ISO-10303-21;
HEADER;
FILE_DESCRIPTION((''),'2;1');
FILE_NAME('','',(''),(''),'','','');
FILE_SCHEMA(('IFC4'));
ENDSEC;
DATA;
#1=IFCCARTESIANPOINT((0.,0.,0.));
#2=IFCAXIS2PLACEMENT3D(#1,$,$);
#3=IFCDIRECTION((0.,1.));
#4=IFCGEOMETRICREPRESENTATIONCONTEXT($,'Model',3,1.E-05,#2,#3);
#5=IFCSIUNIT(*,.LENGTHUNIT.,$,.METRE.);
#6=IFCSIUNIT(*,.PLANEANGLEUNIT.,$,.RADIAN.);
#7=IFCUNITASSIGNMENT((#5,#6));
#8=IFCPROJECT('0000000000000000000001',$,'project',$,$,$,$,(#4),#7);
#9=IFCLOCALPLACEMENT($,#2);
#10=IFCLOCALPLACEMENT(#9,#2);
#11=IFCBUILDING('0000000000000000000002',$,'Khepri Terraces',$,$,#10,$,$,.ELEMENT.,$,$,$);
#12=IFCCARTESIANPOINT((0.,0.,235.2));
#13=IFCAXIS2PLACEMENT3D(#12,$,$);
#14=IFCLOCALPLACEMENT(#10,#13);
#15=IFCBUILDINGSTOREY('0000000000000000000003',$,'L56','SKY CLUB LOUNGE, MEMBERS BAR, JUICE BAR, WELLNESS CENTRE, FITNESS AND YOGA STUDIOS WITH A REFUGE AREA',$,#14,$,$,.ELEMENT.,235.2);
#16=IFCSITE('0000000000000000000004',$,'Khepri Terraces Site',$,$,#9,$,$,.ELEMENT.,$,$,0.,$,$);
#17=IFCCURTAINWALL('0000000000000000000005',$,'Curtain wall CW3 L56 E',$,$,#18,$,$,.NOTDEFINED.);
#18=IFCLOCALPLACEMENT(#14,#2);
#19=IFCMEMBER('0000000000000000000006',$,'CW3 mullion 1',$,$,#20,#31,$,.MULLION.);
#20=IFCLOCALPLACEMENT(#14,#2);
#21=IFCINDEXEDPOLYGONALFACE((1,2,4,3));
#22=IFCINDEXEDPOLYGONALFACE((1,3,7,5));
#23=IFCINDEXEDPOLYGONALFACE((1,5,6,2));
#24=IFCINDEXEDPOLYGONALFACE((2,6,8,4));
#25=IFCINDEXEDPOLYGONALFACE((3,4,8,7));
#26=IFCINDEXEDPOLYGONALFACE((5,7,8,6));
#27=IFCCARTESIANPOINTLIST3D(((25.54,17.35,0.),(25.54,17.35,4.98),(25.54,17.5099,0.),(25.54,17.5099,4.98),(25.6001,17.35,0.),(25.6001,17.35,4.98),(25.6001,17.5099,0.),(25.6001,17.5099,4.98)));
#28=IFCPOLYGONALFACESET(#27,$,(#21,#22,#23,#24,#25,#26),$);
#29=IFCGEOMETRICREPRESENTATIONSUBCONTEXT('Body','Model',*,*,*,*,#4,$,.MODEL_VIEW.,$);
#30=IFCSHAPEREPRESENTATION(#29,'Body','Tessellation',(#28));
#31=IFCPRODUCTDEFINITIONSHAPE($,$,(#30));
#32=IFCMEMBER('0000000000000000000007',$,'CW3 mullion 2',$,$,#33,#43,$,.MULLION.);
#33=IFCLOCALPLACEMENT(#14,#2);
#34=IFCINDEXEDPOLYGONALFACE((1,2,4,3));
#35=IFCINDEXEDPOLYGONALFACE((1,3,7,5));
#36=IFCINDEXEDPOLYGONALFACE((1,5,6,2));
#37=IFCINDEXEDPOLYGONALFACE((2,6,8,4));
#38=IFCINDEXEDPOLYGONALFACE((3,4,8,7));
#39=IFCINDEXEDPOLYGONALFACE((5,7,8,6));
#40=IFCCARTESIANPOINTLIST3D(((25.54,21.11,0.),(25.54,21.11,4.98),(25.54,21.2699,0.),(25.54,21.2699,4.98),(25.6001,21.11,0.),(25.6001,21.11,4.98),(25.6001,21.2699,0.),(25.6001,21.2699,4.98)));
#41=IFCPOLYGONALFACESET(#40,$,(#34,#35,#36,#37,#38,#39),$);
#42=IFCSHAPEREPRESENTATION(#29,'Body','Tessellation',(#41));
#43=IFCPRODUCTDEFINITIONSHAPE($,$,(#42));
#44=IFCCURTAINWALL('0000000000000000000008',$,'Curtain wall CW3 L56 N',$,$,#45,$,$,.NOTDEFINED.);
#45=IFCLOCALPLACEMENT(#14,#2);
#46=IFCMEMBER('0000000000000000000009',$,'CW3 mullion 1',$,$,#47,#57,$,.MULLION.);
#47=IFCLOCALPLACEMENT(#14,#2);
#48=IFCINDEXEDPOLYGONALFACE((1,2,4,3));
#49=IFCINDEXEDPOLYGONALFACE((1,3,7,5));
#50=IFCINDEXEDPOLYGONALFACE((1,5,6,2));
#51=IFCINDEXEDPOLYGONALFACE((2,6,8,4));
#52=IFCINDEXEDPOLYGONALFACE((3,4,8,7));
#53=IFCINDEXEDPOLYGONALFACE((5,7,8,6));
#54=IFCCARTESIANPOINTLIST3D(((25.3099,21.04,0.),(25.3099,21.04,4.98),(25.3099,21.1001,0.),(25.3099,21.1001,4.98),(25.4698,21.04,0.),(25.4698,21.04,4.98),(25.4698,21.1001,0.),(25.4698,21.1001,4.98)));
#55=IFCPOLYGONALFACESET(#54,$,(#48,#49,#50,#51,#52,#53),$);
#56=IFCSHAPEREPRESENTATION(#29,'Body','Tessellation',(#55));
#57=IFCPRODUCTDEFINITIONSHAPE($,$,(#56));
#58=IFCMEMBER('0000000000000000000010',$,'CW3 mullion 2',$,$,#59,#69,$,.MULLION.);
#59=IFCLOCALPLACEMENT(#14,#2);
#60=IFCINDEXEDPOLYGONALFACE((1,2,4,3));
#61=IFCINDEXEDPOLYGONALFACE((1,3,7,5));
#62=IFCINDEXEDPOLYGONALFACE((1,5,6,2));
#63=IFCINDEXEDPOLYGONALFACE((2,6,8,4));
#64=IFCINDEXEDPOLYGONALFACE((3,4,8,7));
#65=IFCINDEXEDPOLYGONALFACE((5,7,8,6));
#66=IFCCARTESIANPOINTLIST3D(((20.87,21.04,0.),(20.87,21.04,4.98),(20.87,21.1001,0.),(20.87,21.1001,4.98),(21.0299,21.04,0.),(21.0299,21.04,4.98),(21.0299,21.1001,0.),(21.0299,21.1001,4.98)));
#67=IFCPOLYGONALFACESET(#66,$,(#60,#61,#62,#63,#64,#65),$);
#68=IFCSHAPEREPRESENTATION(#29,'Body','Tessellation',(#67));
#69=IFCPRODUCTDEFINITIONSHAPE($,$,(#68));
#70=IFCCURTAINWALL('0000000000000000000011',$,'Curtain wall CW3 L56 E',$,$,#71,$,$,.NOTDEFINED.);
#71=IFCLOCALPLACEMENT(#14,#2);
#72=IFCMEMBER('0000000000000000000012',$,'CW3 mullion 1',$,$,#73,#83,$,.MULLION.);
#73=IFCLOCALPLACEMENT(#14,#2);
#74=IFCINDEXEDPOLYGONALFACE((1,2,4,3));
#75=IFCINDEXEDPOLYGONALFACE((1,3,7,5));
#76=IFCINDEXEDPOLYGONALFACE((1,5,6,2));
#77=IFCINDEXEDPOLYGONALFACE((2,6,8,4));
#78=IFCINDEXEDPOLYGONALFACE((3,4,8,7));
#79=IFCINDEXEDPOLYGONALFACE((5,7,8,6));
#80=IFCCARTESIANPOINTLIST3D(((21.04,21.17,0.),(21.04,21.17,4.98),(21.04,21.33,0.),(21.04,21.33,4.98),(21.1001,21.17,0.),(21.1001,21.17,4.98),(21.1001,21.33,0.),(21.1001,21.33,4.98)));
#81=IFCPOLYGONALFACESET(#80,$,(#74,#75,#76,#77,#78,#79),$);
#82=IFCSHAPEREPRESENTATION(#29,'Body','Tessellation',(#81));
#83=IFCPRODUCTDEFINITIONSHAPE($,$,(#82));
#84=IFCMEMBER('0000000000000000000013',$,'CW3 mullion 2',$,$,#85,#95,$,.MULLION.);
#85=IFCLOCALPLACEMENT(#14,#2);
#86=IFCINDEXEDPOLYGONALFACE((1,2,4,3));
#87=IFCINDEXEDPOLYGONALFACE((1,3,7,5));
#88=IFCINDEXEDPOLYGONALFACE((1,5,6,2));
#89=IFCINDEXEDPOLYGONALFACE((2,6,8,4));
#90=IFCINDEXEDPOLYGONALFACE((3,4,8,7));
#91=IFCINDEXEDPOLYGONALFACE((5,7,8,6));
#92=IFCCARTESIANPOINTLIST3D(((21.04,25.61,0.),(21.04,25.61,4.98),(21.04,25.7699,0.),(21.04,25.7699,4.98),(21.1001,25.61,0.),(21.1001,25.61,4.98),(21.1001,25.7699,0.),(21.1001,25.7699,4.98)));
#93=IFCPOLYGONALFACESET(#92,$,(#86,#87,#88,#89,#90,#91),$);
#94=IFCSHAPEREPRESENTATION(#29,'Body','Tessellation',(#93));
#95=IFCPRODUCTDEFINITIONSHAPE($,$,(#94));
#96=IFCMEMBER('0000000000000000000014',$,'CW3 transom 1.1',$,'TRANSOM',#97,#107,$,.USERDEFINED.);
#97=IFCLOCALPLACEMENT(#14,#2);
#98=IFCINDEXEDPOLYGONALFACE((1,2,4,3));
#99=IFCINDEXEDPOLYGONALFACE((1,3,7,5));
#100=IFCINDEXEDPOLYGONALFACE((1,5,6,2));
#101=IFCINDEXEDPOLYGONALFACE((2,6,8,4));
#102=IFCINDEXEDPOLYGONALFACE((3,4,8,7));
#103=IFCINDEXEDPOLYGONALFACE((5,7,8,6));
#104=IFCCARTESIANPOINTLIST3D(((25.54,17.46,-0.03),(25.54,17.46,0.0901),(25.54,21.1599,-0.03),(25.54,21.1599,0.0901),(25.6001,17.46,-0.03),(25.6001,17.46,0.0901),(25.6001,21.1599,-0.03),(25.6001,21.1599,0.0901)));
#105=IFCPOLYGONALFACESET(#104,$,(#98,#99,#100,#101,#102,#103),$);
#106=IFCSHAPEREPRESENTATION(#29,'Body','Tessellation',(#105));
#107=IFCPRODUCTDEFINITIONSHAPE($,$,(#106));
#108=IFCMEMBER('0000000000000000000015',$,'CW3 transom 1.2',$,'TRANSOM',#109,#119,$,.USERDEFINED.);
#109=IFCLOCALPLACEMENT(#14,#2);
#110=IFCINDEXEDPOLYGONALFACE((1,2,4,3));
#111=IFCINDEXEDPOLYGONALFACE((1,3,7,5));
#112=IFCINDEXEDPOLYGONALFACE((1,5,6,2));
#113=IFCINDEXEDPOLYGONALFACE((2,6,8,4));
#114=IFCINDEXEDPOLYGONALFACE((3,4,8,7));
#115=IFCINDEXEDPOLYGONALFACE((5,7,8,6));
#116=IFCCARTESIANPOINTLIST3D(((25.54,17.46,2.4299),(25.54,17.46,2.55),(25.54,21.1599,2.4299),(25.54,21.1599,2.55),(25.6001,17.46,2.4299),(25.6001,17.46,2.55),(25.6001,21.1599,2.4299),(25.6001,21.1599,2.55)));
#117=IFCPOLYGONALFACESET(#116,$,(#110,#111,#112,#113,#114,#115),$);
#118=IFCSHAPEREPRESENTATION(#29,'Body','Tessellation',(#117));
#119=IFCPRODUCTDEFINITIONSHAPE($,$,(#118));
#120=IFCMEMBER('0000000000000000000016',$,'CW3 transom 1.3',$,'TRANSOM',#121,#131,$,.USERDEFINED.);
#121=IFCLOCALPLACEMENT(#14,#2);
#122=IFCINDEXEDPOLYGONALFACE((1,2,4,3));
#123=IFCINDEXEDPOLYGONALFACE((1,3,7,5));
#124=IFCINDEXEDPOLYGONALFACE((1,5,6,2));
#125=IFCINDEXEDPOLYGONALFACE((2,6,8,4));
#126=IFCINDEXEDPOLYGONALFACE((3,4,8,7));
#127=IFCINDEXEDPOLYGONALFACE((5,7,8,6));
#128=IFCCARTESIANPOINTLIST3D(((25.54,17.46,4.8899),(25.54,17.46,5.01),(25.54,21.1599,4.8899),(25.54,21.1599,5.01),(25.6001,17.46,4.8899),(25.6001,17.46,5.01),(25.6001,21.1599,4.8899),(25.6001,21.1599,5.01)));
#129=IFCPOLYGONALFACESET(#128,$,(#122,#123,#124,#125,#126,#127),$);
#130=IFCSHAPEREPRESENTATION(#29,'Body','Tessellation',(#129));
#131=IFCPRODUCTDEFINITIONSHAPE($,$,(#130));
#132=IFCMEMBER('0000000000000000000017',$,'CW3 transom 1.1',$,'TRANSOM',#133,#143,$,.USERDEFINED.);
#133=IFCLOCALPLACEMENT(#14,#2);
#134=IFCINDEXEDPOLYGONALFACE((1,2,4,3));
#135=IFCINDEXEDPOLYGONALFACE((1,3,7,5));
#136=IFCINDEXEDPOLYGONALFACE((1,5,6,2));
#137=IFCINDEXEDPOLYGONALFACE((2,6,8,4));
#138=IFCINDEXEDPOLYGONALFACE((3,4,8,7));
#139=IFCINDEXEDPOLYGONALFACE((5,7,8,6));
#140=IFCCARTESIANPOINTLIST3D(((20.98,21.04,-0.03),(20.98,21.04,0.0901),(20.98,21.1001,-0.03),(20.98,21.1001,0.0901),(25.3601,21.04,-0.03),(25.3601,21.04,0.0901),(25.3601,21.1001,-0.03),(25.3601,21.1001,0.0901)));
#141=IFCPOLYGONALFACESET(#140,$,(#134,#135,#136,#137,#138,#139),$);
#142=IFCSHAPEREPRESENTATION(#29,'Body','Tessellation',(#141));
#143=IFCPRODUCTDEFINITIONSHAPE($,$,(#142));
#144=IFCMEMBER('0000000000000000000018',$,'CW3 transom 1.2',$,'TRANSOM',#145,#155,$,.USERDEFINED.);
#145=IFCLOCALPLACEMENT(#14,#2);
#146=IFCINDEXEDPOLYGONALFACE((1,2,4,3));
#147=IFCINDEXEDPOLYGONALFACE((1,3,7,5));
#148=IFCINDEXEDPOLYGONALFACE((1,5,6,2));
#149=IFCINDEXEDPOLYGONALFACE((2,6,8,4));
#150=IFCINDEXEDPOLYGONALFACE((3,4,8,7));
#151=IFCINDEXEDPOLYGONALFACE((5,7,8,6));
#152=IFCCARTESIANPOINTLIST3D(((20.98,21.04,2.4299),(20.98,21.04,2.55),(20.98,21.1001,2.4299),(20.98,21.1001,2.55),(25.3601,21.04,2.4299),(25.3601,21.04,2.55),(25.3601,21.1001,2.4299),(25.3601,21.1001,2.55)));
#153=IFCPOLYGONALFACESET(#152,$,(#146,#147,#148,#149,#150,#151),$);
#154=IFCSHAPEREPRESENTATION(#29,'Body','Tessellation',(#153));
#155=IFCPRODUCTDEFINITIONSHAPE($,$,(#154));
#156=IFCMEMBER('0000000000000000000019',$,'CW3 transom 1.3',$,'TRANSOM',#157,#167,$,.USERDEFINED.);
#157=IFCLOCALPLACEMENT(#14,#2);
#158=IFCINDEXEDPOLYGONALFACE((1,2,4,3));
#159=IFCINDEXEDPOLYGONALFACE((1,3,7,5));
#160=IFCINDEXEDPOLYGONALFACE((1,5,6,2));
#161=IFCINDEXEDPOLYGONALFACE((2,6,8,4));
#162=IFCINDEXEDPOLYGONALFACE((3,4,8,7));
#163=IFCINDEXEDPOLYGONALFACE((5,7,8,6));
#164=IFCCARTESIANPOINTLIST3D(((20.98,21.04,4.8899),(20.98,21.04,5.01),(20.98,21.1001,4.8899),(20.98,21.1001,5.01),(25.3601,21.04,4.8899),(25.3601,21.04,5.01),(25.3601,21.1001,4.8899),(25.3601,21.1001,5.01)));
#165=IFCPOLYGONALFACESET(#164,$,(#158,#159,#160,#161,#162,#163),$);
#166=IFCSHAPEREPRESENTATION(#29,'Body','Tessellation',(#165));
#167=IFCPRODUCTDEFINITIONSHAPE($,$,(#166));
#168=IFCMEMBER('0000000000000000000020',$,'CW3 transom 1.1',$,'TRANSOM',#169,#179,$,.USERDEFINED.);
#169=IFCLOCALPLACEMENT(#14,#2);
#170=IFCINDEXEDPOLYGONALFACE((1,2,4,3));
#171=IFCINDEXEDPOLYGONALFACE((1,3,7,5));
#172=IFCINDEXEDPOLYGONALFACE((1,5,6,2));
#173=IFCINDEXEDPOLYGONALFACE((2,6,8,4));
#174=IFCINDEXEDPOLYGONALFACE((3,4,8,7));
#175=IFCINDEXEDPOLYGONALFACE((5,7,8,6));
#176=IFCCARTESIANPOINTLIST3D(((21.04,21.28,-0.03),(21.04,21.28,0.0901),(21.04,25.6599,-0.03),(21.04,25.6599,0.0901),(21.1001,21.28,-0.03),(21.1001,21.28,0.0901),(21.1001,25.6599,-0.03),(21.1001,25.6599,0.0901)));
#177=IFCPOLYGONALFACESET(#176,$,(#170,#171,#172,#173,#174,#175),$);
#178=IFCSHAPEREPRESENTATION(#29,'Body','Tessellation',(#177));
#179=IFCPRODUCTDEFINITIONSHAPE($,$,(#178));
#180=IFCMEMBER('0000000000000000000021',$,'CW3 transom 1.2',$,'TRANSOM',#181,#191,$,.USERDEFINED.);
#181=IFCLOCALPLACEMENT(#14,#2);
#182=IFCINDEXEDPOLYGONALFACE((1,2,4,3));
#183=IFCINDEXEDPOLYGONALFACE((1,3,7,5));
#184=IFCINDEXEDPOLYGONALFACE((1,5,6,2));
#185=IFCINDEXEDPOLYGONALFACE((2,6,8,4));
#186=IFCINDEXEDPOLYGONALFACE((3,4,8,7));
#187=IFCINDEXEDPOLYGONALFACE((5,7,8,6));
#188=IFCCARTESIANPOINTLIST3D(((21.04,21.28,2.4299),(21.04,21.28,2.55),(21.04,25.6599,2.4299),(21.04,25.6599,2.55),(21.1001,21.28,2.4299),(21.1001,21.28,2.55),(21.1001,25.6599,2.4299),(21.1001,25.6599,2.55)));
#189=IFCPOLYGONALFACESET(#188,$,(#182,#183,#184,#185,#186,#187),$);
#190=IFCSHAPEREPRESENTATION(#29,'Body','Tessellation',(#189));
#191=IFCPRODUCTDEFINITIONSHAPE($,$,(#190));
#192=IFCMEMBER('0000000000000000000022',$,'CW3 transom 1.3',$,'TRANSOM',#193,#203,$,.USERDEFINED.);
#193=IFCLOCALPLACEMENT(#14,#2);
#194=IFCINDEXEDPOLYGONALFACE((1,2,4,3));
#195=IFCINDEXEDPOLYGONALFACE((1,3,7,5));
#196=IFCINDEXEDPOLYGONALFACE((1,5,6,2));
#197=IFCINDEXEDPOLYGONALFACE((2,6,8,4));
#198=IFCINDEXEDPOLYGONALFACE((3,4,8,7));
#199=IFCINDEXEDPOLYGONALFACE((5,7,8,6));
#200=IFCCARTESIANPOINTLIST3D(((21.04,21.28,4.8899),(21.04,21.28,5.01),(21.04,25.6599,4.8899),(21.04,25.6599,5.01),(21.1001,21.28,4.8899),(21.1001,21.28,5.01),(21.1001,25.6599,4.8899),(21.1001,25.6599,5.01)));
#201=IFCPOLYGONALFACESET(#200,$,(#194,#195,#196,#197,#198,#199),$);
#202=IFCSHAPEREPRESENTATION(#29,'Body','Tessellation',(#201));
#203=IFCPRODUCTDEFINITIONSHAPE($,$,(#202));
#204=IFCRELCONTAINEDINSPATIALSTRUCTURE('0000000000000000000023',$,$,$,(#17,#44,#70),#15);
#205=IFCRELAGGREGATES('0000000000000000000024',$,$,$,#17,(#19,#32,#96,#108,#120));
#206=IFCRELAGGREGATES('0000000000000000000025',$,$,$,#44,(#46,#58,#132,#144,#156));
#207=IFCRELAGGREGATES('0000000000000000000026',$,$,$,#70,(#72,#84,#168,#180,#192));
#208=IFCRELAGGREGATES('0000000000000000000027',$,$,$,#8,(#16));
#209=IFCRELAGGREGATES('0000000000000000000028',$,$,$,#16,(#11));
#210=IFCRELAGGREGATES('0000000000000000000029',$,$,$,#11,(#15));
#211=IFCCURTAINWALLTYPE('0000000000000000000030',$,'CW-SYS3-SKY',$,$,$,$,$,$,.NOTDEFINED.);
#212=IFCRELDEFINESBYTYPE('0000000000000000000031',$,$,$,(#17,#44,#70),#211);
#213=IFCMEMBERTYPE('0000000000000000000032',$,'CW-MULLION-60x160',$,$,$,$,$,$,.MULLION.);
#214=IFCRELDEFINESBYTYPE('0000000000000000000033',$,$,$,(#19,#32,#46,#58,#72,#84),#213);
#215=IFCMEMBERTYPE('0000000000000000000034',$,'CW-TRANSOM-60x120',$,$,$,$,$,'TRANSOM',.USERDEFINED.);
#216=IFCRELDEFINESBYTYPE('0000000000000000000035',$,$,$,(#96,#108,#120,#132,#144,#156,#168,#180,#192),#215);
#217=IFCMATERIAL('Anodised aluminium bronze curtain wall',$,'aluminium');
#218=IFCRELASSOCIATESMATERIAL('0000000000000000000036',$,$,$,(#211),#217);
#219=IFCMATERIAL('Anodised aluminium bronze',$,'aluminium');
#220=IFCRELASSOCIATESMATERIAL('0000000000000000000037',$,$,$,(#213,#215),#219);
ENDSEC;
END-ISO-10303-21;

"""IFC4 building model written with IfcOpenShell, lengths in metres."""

from ifc_helpers import new_model, si_unit, direction, frame, origin, origin_2d, place, context, subcontext, project, spatial, rectangle, extrude, material, material_profile, profile_set, type_object, element, aggregate, save


model = new_model("IFC4")

# Units and contexts
model_context = context("Model", 3, precision=1e-05, world=origin(), true_north=direction((0.0, 1.0)))
body_context = subcontext(model_context, "Body", "Model", "MODEL_VIEW")
ifc_project = project(units=[si_unit("LENGTHUNIT", "METRE"), si_unit("PLANEANGLEUNIT", "RADIAN")], contexts=[model_context])

# Site, building, storey
site_placement = place(None, origin())
site = spatial("IfcSite", under=ifc_project, at=site_placement, Name="Khepri Terraces Site", CompositionType="ELEMENT", RefElevation=0.0)
building_placement = place(site_placement, origin())
building = spatial("IfcBuilding", under=site, at=building_placement, Name="Khepri Terraces", CompositionType="ELEMENT")
storey_placement = place(building_placement, frame((0.0, 0.0, 235.2)))
storey = spatial("IfcBuildingStorey", under=building, at=storey_placement, Name="L56", Description="SKY CLUB LOUNGE, MEMBERS BAR, JUICE BAR, WELLNESS CENTRE, FITNESS AND YOGA STUDIOS WITH A REFUGE AREA", CompositionType="ELEMENT", Elevation=235.2)

# Curtain walls, members
ifc_material_1 = material(Name="Anodised aluminium bronze curtain wall", Category="aluminium")
curtain_wall_type = type_object("IfcCurtainWallType", Name="CW-SYS3-SKY", PredefinedType="NOTDEFINED", material=ifc_material_1)
curtain_wall_1_placement = place(storey_placement, origin())
curtain_wall_1 = element("IfcCurtainWall", 1, at=curtain_wall_1_placement, inside=storey, type_object=curtain_wall_type, Name="Curtain wall CW3 L56 E", PredefinedType="NOTDEFINED")
ifc_material_2 = material(Name="Anodised aluminium bronze", Category="aluminium")
ifc_material_profile_1 = material_profile(ifc_material_2, rectangle(XDim=0.0601, YDim=0.1599, at=origin_2d()), Name="Anodised aluminium bronze", Category="aluminium")
ifc_profile_set_1 = profile_set([ifc_material_profile_1], Name="Anodised aluminium bronze")
member_type_1 = type_object("IfcMemberType", Name="CW-MULLION-60x160", PredefinedType="MULLION", material=ifc_profile_set_1)
member_1_placement = place(storey_placement, frame((25.5701, 17.4299, 0.0), z_axis=(0.0, 0.0, 1.0), x_axis=(-1.0, 0.0, 0.0)))
member_1 = element("IfcMember", 2, at=member_1_placement, type_object=member_type_1, Name="CW3 mullion 1", PredefinedType="MULLION", context=body_context, shape_type="SweptSolid", body=[
    extrude(rectangle(XDim=0.0601, YDim=0.1599, at=origin_2d()), origin(), (0.0, 0.0, 1.0), 4.98),
])
member_2_placement = place(storey_placement, frame((25.5701, 21.1899, 0.0), z_axis=(0.0, 0.0, 1.0), x_axis=(-1.0, 0.0, 0.0)))
member_2 = element("IfcMember", 3, at=member_2_placement, type_object=member_type_1, Name="CW3 mullion 2", PredefinedType="MULLION", context=body_context, shape_type="SweptSolid", body=[
    extrude(rectangle(XDim=0.0601, YDim=0.1599, at=origin_2d()), origin(), (0.0, 0.0, 1.0), 4.98),
])
curtain_wall_2_placement = place(storey_placement, origin())
curtain_wall_2 = element("IfcCurtainWall", 4, at=curtain_wall_2_placement, inside=storey, type_object=curtain_wall_type, Name="Curtain wall CW3 L56 N", PredefinedType="NOTDEFINED")
member_3_placement = place(storey_placement, frame((25.3899, 21.0701, 0.0), z_axis=(0.0, 0.0, 1.0), x_axis=(0.0, -1.0, 0.0)))
member_3 = element("IfcMember", 5, at=member_3_placement, type_object=member_type_1, Name="CW3 mullion 1", PredefinedType="MULLION", context=body_context, shape_type="SweptSolid", body=[
    extrude(rectangle(XDim=0.0601, YDim=0.1599, at=origin_2d()), origin(), (0.0, 0.0, 1.0), 4.98),
])
member_4_placement = place(storey_placement, frame((20.95, 21.0701, 0.0), z_axis=(0.0, 0.0, 1.0), x_axis=(0.0, -1.0, 0.0)))
member_4 = element("IfcMember", 6, at=member_4_placement, type_object=member_type_1, Name="CW3 mullion 2", PredefinedType="MULLION", context=body_context, shape_type="SweptSolid", body=[
    extrude(rectangle(XDim=0.0601, YDim=0.1599, at=origin_2d()), origin(), (0.0, 0.0, 1.0), 4.98),
])
curtain_wall_3_placement = place(storey_placement, origin())
curtain_wall_3 = element("IfcCurtainWall", 7, at=curtain_wall_3_placement, inside=storey, type_object=curtain_wall_type, Name="Curtain wall CW3 L56 E", PredefinedType="NOTDEFINED")
member_5_placement = place(storey_placement, frame((21.0701, 21.25, 0.0), z_axis=(0.0, 0.0, 1.0), x_axis=(-1.0, 0.0, 0.0)))
member_5 = element("IfcMember", 8, at=member_5_placement, type_object=member_type_1, Name="CW3 mullion 1", PredefinedType="MULLION", context=body_context, shape_type="SweptSolid", body=[
    extrude(rectangle(XDim=0.0601, YDim=0.1599, at=origin_2d()), origin(), (0.0, 0.0, 1.0), 4.98),
])
member_6_placement = place(storey_placement, frame((21.0701, 25.6899, 0.0), z_axis=(0.0, 0.0, 1.0), x_axis=(-1.0, 0.0, 0.0)))
member_6 = element("IfcMember", 9, at=member_6_placement, type_object=member_type_1, Name="CW3 mullion 2", PredefinedType="MULLION", context=body_context, shape_type="SweptSolid", body=[
    extrude(rectangle(XDim=0.0601, YDim=0.1599, at=origin_2d()), origin(), (0.0, 0.0, 1.0), 4.98),
])

# Members
ifc_material_profile_2 = material_profile(ifc_material_2, rectangle(XDim=0.0601, YDim=0.1201, at=origin_2d()), Name="Anodised aluminium bronze", Category="aluminium")
ifc_profile_set_2 = profile_set([ifc_material_profile_2], Name="Anodised aluminium bronze")
member_type_2 = type_object("IfcMemberType", Name="CW-TRANSOM-60x120", ElementType="TRANSOM", PredefinedType="USERDEFINED", material=ifc_profile_set_2)
member_7_placement = place(storey_placement, frame((25.5701, 17.46, 0.03), z_axis=(0.0, 1.0, 0.0), x_axis=(-1.0, 0.0, 0.0)))
member_7 = element("IfcMember", 10, at=member_7_placement, type_object=member_type_2, Name="CW3 transom 1.1", ObjectType="TRANSOM", PredefinedType="USERDEFINED", context=body_context, shape_type="SweptSolid", body=[
    extrude(rectangle(XDim=0.0601, YDim=0.1201, at=origin_2d()), origin(), (0.0, 0.0, 1.0), 3.7),
])
member_8_placement = place(storey_placement, frame((25.5701, 17.46, 2.49), z_axis=(0.0, 1.0, 0.0), x_axis=(-1.0, 0.0, 0.0)))
member_8 = element("IfcMember", 11, at=member_8_placement, type_object=member_type_2, Name="CW3 transom 1.2", ObjectType="TRANSOM", PredefinedType="USERDEFINED", context=body_context, shape_type="SweptSolid", body=[
    extrude(rectangle(XDim=0.0601, YDim=0.1201, at=origin_2d()), origin(), (0.0, 0.0, 1.0), 3.7),
])
member_9_placement = place(storey_placement, frame((25.5701, 17.46, 4.95), z_axis=(0.0, 1.0, 0.0), x_axis=(-1.0, 0.0, 0.0)))
member_9 = element("IfcMember", 12, at=member_9_placement, type_object=member_type_2, Name="CW3 transom 1.3", ObjectType="TRANSOM", PredefinedType="USERDEFINED", context=body_context, shape_type="SweptSolid", body=[
    extrude(rectangle(XDim=0.0601, YDim=0.1201, at=origin_2d()), origin(), (0.0, 0.0, 1.0), 3.7),
])
member_10_placement = place(storey_placement, frame((25.3601, 21.0701, 0.03), z_axis=(-1.0, 0.0, 0.0), x_axis=(0.0, -1.0, 0.0)))
member_10 = element("IfcMember", 13, at=member_10_placement, type_object=member_type_2, Name="CW3 transom 1.1", ObjectType="TRANSOM", PredefinedType="USERDEFINED", context=body_context, shape_type="SweptSolid", body=[
    extrude(rectangle(XDim=0.0601, YDim=0.1201, at=origin_2d()), origin(), (0.0, 0.0, 1.0), 4.3801),
])
member_11_placement = place(storey_placement, frame((25.3601, 21.0701, 2.49), z_axis=(-1.0, 0.0, 0.0), x_axis=(0.0, -1.0, 0.0)))
member_11 = element("IfcMember", 14, at=member_11_placement, type_object=member_type_2, Name="CW3 transom 1.2", ObjectType="TRANSOM", PredefinedType="USERDEFINED", context=body_context, shape_type="SweptSolid", body=[
    extrude(rectangle(XDim=0.0601, YDim=0.1201, at=origin_2d()), origin(), (0.0, 0.0, 1.0), 4.3801),
])
member_12_placement = place(storey_placement, frame((25.3601, 21.0701, 4.95), z_axis=(-1.0, 0.0, 0.0), x_axis=(0.0, -1.0, 0.0)))
member_12 = element("IfcMember", 15, at=member_12_placement, type_object=member_type_2, Name="CW3 transom 1.3", ObjectType="TRANSOM", PredefinedType="USERDEFINED", context=body_context, shape_type="SweptSolid", body=[
    extrude(rectangle(XDim=0.0601, YDim=0.1201, at=origin_2d()), origin(), (0.0, 0.0, 1.0), 4.3801),
])
member_13_placement = place(storey_placement, frame((21.0701, 21.28, 0.03), z_axis=(0.0, 1.0, 0.0), x_axis=(-1.0, 0.0, 0.0)))
member_13 = element("IfcMember", 16, at=member_13_placement, type_object=member_type_2, Name="CW3 transom 1.1", ObjectType="TRANSOM", PredefinedType="USERDEFINED", context=body_context, shape_type="SweptSolid", body=[
    extrude(rectangle(XDim=0.0601, YDim=0.1201, at=origin_2d()), origin(), (0.0, 0.0, 1.0), 4.3799),
])
member_14_placement = place(storey_placement, frame((21.0701, 21.28, 2.49), z_axis=(0.0, 1.0, 0.0), x_axis=(-1.0, 0.0, 0.0)))
member_14 = element("IfcMember", 17, at=member_14_placement, type_object=member_type_2, Name="CW3 transom 1.2", ObjectType="TRANSOM", PredefinedType="USERDEFINED", context=body_context, shape_type="SweptSolid", body=[
    extrude(rectangle(XDim=0.0601, YDim=0.1201, at=origin_2d()), origin(), (0.0, 0.0, 1.0), 4.3799),
])
member_15_placement = place(storey_placement, frame((21.0701, 21.28, 4.95), z_axis=(0.0, 1.0, 0.0), x_axis=(-1.0, 0.0, 0.0)))
member_15 = element("IfcMember", 18, at=member_15_placement, type_object=member_type_2, Name="CW3 transom 1.3", ObjectType="TRANSOM", PredefinedType="USERDEFINED", context=body_context, shape_type="SweptSolid", body=[
    extrude(rectangle(XDim=0.0601, YDim=0.1201, at=origin_2d()), origin(), (0.0, 0.0, 1.0), 4.3799),
])

aggregate(curtain_wall_1, [member_1, member_2, member_7, member_8, member_9])
aggregate(curtain_wall_2, [member_3, member_4, member_10, member_11, member_12])
aggregate(curtain_wall_3, [member_5, member_6, member_13, member_14, member_15])

save(model, "model.ifc")
